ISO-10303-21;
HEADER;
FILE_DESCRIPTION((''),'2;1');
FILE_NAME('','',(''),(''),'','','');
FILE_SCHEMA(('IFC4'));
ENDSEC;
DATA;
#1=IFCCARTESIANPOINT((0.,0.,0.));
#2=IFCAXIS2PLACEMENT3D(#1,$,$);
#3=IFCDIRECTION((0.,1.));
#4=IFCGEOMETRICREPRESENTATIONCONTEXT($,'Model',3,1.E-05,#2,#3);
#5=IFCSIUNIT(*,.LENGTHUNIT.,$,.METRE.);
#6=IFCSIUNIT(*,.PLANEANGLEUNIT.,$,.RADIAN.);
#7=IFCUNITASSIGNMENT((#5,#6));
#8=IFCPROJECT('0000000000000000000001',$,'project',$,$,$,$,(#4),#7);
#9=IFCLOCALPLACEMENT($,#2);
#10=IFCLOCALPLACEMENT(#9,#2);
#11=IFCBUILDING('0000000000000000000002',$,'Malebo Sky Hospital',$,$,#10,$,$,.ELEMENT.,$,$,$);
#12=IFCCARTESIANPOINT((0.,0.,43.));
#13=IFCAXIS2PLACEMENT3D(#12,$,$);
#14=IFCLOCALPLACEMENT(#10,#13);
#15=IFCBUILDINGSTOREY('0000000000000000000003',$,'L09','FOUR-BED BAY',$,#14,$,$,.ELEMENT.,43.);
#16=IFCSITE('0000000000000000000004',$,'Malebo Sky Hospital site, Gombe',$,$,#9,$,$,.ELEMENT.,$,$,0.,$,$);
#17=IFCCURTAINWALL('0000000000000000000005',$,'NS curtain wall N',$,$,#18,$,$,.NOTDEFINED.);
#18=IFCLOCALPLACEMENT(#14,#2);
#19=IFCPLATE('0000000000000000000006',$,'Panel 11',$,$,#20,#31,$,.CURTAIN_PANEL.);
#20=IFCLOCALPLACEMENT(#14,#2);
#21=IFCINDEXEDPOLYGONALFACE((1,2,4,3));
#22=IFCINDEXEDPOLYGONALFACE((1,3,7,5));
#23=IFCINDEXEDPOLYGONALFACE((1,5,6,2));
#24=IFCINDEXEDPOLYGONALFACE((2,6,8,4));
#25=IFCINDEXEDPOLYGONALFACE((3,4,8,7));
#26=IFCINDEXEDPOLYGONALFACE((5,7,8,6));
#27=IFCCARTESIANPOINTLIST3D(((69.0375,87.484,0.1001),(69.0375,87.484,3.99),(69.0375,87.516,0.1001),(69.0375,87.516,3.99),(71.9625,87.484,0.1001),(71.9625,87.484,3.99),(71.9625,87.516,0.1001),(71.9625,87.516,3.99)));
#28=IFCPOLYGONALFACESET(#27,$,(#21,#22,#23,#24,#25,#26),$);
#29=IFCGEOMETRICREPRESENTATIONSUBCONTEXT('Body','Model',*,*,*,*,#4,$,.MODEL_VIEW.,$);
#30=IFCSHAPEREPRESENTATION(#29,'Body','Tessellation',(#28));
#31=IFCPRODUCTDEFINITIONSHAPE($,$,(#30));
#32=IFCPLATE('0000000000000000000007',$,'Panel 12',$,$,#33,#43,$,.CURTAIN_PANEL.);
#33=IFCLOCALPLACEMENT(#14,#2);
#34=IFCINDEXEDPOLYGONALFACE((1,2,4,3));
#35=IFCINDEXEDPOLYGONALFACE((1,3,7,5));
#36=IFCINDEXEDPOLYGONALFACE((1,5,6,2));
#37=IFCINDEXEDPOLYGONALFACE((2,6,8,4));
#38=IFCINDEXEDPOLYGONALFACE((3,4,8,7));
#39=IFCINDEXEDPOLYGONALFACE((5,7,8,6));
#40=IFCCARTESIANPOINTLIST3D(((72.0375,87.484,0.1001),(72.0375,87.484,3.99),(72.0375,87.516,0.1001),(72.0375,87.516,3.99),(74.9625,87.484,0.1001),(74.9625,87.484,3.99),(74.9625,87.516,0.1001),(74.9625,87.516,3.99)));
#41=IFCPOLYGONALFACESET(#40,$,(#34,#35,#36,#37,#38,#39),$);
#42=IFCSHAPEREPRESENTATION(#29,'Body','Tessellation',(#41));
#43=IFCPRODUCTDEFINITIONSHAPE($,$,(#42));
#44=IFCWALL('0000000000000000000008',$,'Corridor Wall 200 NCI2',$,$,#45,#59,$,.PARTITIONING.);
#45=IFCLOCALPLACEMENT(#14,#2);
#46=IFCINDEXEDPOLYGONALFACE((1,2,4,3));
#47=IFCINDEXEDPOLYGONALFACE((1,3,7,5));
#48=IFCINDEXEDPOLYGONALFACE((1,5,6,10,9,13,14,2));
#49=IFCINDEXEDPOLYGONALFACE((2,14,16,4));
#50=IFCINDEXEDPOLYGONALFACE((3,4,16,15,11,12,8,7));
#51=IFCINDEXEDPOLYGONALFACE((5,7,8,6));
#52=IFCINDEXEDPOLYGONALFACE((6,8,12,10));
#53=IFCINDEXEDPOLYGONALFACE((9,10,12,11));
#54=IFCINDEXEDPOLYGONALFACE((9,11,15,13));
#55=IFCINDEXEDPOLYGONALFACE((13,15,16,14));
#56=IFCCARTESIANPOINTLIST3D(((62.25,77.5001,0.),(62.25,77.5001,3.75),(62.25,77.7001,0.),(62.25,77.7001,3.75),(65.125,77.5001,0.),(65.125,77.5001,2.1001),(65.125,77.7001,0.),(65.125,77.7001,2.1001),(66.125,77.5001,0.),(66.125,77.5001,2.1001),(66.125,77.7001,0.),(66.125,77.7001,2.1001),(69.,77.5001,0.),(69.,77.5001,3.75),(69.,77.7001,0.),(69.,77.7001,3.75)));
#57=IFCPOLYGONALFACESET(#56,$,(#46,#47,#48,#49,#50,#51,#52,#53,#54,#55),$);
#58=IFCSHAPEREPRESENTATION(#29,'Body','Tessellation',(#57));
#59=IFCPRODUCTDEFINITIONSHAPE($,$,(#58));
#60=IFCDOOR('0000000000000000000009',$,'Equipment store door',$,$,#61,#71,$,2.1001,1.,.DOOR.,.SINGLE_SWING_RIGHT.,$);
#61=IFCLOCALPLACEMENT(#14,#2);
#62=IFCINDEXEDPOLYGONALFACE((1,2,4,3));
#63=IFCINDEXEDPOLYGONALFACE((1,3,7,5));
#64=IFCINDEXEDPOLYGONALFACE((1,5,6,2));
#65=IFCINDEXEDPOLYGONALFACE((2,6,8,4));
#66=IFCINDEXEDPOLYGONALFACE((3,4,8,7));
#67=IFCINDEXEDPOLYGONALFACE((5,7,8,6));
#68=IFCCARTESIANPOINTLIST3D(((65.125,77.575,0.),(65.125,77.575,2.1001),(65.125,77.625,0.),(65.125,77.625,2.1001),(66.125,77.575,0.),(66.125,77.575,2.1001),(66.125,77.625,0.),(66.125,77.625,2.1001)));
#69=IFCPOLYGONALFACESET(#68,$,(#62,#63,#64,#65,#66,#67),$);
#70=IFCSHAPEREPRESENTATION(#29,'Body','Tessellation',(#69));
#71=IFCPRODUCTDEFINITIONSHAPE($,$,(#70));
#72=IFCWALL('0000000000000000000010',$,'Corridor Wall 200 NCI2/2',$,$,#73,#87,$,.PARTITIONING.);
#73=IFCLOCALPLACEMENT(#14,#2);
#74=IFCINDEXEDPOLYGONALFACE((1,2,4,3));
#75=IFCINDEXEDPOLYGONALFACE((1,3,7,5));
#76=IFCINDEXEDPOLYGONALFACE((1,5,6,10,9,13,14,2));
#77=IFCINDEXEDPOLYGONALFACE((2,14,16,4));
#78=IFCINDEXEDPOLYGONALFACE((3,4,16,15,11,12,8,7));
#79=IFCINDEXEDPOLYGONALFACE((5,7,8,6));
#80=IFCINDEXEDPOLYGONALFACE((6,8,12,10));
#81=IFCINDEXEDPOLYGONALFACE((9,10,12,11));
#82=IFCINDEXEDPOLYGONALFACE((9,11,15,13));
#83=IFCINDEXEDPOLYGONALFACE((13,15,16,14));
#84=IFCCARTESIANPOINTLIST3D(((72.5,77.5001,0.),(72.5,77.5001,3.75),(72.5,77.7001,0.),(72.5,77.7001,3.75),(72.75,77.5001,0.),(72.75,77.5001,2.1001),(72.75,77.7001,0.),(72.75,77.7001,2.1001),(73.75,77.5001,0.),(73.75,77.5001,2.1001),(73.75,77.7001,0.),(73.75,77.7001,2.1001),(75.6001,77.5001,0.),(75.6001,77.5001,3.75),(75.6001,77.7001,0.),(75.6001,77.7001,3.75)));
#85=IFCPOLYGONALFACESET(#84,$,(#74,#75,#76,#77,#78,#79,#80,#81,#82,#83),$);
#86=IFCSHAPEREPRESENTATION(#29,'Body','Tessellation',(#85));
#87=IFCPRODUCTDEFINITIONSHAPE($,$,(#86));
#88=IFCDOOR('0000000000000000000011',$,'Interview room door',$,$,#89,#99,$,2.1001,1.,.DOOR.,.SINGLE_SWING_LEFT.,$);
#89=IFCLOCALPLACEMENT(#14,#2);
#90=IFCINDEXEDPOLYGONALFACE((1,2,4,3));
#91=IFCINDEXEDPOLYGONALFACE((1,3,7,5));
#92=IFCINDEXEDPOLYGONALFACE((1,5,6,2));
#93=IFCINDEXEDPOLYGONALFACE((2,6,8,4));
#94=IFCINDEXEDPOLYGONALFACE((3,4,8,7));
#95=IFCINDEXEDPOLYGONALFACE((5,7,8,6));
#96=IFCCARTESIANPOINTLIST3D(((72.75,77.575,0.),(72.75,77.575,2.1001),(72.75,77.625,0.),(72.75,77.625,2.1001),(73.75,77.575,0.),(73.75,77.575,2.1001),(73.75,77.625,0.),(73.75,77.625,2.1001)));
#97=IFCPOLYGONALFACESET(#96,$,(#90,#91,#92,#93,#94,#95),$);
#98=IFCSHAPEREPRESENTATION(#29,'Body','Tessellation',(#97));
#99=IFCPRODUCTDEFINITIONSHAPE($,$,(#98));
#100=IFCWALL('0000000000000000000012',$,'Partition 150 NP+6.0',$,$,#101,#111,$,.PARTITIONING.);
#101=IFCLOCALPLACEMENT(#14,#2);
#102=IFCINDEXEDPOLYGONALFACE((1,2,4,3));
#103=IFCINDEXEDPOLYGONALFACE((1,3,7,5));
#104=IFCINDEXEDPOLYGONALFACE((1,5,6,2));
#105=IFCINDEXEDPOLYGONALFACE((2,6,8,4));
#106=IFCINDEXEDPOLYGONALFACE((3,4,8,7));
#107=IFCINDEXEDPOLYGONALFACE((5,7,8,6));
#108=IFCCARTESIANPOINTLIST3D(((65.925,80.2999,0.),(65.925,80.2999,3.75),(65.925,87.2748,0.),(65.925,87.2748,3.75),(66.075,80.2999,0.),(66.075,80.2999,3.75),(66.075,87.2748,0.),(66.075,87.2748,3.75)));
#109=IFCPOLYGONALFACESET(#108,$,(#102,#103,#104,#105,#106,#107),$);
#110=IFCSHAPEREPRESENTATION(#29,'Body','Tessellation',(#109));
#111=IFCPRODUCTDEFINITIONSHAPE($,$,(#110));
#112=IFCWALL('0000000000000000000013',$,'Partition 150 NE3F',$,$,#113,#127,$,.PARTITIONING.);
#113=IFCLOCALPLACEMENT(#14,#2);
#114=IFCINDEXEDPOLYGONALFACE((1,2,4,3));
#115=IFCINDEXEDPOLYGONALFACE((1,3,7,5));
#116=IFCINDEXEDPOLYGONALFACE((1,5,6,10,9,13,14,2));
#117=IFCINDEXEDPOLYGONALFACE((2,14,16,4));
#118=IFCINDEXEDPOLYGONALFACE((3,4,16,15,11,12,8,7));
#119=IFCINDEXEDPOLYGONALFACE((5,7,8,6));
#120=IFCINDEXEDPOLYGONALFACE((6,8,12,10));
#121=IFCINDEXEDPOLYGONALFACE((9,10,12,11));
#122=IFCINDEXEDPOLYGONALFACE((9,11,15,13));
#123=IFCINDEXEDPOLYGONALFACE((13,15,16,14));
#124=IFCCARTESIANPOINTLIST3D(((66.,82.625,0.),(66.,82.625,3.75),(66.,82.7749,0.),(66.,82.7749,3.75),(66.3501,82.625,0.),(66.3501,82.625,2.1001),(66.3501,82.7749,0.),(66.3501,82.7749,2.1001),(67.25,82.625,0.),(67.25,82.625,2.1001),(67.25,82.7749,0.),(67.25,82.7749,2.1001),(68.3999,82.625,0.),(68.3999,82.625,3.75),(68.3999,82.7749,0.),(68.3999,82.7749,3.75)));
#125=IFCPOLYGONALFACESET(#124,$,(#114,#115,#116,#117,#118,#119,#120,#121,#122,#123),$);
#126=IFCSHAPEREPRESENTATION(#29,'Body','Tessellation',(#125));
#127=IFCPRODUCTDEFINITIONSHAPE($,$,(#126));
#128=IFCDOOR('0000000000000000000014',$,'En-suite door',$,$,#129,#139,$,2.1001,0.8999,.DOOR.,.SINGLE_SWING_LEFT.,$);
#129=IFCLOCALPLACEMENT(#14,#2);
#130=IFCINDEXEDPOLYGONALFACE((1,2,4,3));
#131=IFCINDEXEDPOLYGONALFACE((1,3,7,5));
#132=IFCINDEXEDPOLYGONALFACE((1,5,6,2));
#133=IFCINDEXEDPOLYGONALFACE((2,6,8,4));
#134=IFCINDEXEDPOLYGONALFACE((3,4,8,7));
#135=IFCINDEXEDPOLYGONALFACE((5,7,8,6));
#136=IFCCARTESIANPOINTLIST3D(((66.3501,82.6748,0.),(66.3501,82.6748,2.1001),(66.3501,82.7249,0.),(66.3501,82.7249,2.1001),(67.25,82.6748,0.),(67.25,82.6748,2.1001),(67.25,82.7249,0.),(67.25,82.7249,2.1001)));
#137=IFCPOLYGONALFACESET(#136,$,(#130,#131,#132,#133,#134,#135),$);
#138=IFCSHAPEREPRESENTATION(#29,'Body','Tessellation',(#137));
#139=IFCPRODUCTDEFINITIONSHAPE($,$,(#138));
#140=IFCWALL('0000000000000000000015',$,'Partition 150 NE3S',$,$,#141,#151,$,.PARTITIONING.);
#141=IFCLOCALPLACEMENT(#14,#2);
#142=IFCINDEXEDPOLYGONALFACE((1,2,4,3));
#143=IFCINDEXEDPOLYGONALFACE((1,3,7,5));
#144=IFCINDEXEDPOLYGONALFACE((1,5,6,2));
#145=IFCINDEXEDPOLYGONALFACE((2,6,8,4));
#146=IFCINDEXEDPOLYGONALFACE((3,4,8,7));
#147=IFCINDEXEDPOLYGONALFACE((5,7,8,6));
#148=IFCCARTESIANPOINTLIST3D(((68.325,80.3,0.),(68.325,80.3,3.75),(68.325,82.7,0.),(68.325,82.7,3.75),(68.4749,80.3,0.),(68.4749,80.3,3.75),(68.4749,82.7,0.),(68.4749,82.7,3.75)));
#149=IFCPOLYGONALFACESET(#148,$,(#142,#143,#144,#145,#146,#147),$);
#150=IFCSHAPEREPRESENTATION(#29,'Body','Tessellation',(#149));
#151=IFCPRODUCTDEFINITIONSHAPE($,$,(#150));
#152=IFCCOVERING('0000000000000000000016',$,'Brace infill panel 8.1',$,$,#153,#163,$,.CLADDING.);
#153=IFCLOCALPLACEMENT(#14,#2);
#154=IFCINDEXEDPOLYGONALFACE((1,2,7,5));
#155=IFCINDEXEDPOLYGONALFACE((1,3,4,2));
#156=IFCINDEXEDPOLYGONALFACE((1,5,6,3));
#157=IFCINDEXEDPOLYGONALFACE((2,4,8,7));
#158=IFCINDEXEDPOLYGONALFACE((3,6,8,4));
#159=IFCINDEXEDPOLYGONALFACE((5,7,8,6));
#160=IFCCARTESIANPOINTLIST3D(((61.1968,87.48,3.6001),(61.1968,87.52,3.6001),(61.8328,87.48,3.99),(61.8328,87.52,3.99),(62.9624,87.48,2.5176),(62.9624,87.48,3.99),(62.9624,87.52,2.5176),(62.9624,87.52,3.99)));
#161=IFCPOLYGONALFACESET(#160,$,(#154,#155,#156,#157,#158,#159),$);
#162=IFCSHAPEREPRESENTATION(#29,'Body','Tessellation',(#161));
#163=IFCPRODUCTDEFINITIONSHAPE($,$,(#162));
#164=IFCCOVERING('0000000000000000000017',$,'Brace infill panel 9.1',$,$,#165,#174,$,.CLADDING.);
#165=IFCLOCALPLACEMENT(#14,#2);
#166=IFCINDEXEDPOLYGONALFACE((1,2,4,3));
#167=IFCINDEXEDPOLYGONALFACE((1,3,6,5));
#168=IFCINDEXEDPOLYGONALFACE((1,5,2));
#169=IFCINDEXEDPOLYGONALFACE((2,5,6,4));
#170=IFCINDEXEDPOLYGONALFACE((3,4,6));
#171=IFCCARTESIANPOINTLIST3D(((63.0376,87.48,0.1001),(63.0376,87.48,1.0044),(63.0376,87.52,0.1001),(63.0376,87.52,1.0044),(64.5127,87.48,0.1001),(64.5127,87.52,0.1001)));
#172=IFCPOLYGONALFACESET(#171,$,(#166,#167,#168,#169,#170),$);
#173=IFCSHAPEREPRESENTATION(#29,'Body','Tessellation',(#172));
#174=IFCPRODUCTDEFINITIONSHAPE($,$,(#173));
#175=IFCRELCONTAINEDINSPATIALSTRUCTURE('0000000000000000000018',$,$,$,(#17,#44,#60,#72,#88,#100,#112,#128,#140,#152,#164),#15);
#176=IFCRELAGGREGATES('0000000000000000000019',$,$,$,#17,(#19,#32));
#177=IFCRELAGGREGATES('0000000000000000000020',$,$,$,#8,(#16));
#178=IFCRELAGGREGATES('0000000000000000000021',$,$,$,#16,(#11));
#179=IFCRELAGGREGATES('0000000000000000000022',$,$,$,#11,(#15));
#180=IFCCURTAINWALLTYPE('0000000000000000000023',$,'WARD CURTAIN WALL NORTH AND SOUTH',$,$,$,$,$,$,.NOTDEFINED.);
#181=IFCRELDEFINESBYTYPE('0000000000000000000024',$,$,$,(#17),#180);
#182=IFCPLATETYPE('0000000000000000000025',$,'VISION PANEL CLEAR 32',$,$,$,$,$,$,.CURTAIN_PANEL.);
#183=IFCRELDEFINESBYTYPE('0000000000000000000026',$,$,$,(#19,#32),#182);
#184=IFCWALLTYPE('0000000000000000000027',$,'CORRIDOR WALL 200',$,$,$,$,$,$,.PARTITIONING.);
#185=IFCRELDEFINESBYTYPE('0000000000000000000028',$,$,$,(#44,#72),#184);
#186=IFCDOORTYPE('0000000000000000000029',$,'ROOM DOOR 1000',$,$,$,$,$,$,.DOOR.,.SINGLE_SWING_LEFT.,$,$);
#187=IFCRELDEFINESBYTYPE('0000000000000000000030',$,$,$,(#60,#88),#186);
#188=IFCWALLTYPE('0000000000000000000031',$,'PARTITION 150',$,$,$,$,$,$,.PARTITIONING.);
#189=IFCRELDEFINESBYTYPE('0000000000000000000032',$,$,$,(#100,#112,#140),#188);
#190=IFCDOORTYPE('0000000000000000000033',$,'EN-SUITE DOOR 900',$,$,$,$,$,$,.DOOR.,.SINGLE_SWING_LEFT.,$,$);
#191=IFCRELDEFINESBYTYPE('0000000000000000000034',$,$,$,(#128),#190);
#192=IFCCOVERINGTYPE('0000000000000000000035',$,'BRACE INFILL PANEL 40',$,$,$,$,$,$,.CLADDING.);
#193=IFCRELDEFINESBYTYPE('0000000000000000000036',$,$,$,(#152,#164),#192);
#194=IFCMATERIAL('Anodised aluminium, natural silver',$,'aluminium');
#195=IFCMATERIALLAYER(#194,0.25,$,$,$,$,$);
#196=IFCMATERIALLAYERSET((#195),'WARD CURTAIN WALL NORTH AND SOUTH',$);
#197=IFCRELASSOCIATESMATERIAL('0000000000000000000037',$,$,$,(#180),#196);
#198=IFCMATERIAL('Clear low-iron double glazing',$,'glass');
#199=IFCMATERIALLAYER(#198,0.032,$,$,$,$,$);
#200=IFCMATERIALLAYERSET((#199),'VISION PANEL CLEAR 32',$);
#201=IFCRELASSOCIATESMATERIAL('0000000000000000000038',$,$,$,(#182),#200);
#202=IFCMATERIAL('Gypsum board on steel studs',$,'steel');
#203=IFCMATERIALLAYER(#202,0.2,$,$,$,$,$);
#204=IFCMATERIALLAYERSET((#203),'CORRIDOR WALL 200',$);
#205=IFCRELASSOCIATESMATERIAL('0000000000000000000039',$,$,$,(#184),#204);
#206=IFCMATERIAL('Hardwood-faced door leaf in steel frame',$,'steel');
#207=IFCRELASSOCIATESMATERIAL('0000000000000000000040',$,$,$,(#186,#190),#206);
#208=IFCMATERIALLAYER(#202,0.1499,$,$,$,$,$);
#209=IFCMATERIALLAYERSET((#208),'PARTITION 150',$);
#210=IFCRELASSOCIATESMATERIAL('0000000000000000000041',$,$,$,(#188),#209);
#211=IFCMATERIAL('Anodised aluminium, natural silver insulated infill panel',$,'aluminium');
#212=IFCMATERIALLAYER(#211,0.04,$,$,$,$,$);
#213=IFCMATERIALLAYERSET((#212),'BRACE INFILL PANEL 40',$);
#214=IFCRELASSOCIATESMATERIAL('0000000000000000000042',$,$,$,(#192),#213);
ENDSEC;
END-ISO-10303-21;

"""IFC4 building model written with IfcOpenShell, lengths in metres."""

from ifc_helpers import new_model, si_unit, direction, frame, frame_2d, origin, origin_2d, place, context, subcontext, project, spatial, polyline, rectangle, outline, extrude, material, layer, layer_set, type_object, element, fill, aggregate, save


model = new_model("IFC4")

# Units and contexts
model_context = context("Model", 3, precision=1e-05, world=origin(), true_north=direction((0.0, 1.0)))
body_context = subcontext(model_context, "Body", "Model", "MODEL_VIEW")
ifc_project = project(units=[si_unit("LENGTHUNIT", "METRE"), si_unit("PLANEANGLEUNIT", "RADIAN")], contexts=[model_context])

# Site, building, storey
site_placement = place(None, origin())
site = spatial("IfcSite", under=ifc_project, at=site_placement, Name="Malebo Sky Hospital site, Gombe", CompositionType="ELEMENT", RefElevation=0.0)
building_placement = place(site_placement, origin())
building = spatial("IfcBuilding", under=site, at=building_placement, Name="Malebo Sky Hospital", CompositionType="ELEMENT")
storey_placement = place(building_placement, frame((0.0, 0.0, 43.0)))
storey = spatial("IfcBuildingStorey", under=building, at=storey_placement, Name="L09", Description="FOUR-BED BAY", CompositionType="ELEMENT", Elevation=43.0)

# Curtain wall
ifc_material_1 = material(Name="Anodised aluminium, natural silver", Category="aluminium")
ifc_layer_1 = layer(ifc_material_1, 0.25)
ifc_layer_set_1 = layer_set([ifc_layer_1], Name="WARD CURTAIN WALL NORTH AND SOUTH")
curtain_wall_type = type_object("IfcCurtainWallType", Name="WARD CURTAIN WALL NORTH AND SOUTH", PredefinedType="NOTDEFINED", material=ifc_layer_set_1)
curtain_wall_placement = place(storey_placement, origin())
curtain_wall = element("IfcCurtainWall", 1, at=curtain_wall_placement, inside=storey, type_object=curtain_wall_type, Name="NS curtain wall N", PredefinedType="NOTDEFINED")

# Plates
ifc_material_2 = material(Name="Clear low-iron double glazing", Category="glass")
ifc_layer_2 = layer(ifc_material_2, 0.032)
ifc_layer_set_2 = layer_set([ifc_layer_2], Name="VISION PANEL CLEAR 32")
plate_type = type_object("IfcPlateType", Name="VISION PANEL CLEAR 32", PredefinedType="CURTAIN_PANEL", material=ifc_layer_set_2)
plate_1_placement = place(storey_placement, frame((70.5, 87.5, 0.1001), z_axis=(0.0, 0.0, 1.0), x_axis=(1.0, 0.0, 0.0)))
plate_1 = element("IfcPlate", 2, at=plate_1_placement, type_object=plate_type, Name="Panel 11", PredefinedType="CURTAIN_PANEL", context=body_context, shape_type="SweptSolid", body=[
    extrude(rectangle(XDim=2.925, YDim=0.032, at=origin_2d()), origin(), (0.0, 0.0, 1.0), 3.8899),
])
plate_2_placement = place(storey_placement, frame((73.5, 87.5, 0.1001), z_axis=(0.0, 0.0, 1.0), x_axis=(1.0, 0.0, 0.0)))
plate_2 = element("IfcPlate", 3, at=plate_2_placement, type_object=plate_type, Name="Panel 12", PredefinedType="CURTAIN_PANEL", context=body_context, shape_type="SweptSolid", body=[
    extrude(rectangle(XDim=2.925, YDim=0.032, at=origin_2d()), origin(), (0.0, 0.0, 1.0), 3.8899),
])
aggregate(curtain_wall, [plate_1, plate_2])

# Walls, openings, doors
ifc_material_3 = material(Name="Gypsum board on steel studs", Category="steel")
ifc_layer_3 = layer(ifc_material_3, 0.2)
ifc_layer_set_3 = layer_set([ifc_layer_3], Name="CORRIDOR WALL 200")
wall_type_1 = type_object("IfcWallType", Name="CORRIDOR WALL 200", PredefinedType="PARTITIONING", material=ifc_layer_set_3)
wall_1_placement = place(storey_placement, frame((62.25, 77.6001, 0.0), z_axis=(0.0, 0.0, 1.0), x_axis=(1.0, 0.0, 0.0)))
wall_1 = element("IfcWall", 4, at=wall_1_placement, inside=storey, type_object=wall_type_1, Name="Corridor Wall 200 NCI2", PredefinedType="PARTITIONING", context=body_context, shape_type="SweptSolid", body=[
    extrude(rectangle(XDim=6.75, YDim=0.2, at=frame_2d((3.375, 0.0))), origin(), (0.0, 0.0, 1.0), 3.75),
])
opening_1_placement = place(wall_1_placement, frame((2.875, 0.0, 0.0)))
opening_1 = element("IfcOpeningElement", 5, at=opening_1_placement, cuts=wall_1, PredefinedType="OPENING", context=body_context, shape_type="SweptSolid", body=[
    extrude(rectangle(XDim=1.0, YDim=2.1001, at=frame_2d((0.5, 1.05))), frame((0.0, 0.1099, 0.0), z_axis=(0.0, -1.0, 0.0), x_axis=(1.0, 0.0, 0.0)), (0.0, 0.0, 1.0), 0.22),
])
ifc_material_4 = material(Name="Hardwood-faced door leaf in steel frame", Category="steel")
door_type_1 = type_object("IfcDoorType", Name="ROOM DOOR 1000", OperationType="SINGLE_SWING_LEFT", PredefinedType="DOOR", material=ifc_material_4)
door_1_placement = place(opening_1_placement, origin())
door_1 = element("IfcDoor", 6, at=door_1_placement, inside=storey, type_object=door_type_1, Name="Equipment store door", OperationType="SINGLE_SWING_RIGHT", OverallHeight=2.1001, OverallWidth=1.0, PredefinedType="DOOR", context=body_context, shape_type="SweptSolid", body=[
    extrude(rectangle(XDim=1.0, YDim=2.1001, at=frame_2d((0.5, 1.05))), frame((0.0, 0.0249, 0.0), z_axis=(0.0, -1.0, 0.0), x_axis=(1.0, 0.0, 0.0)), (0.0, 0.0, 1.0), 0.05),
])
fill(opening_1, door_1)
wall_2_placement = place(storey_placement, frame((72.5, 77.6001, 0.0), z_axis=(0.0, 0.0, 1.0), x_axis=(1.0, 0.0, 0.0)))
wall_2 = element("IfcWall", 7, at=wall_2_placement, inside=storey, type_object=wall_type_1, Name="Corridor Wall 200 NCI2/2", PredefinedType="PARTITIONING", context=body_context, shape_type="SweptSolid", body=[
    extrude(rectangle(XDim=3.1001, YDim=0.2, at=frame_2d((1.55, 0.0))), origin(), (0.0, 0.0, 1.0), 3.75),
])
opening_2_placement = place(wall_2_placement, frame((0.25, 0.0, 0.0)))
opening_2 = element("IfcOpeningElement", 8, at=opening_2_placement, cuts=wall_2, PredefinedType="OPENING", context=body_context, shape_type="SweptSolid", body=[
    extrude(rectangle(XDim=1.0, YDim=2.1001, at=frame_2d((0.5, 1.05))), frame((0.0, 0.1099, 0.0), z_axis=(0.0, -1.0, 0.0), x_axis=(1.0, 0.0, 0.0)), (0.0, 0.0, 1.0), 0.22),
])
door_2_placement = place(opening_2_placement, origin())
door_2 = element("IfcDoor", 9, at=door_2_placement, inside=storey, type_object=door_type_1, Name="Interview room door", OperationType="SINGLE_SWING_LEFT", OverallHeight=2.1001, OverallWidth=1.0, PredefinedType="DOOR", context=body_context, shape_type="SweptSolid", body=[
    extrude(rectangle(XDim=1.0, YDim=2.1001, at=frame_2d((0.5, 1.05))), frame((0.0, 0.0249, 0.0), z_axis=(0.0, -1.0, 0.0), x_axis=(1.0, 0.0, 0.0)), (0.0, 0.0, 1.0), 0.05),
])
fill(opening_2, door_2)

# Wall
ifc_layer_4 = layer(ifc_material_3, 0.1499)
ifc_layer_set_4 = layer_set([ifc_layer_4], Name="PARTITION 150")
wall_type_2 = type_object("IfcWallType", Name="PARTITION 150", PredefinedType="PARTITIONING", material=ifc_layer_set_4)
wall_3_placement = place(storey_placement, frame((66.0, 80.3, 0.0), z_axis=(0.0, 0.0, 1.0), x_axis=(0.0, 1.0, 0.0)))
element("IfcWall", 10, at=wall_3_placement, inside=storey, type_object=wall_type_2, Name="Partition 150 NP+6.0", PredefinedType="PARTITIONING", context=body_context, shape_type="SweptSolid", body=[
    extrude(rectangle(XDim=6.9749, YDim=0.1499, at=frame_2d((3.4873, 0.0))), origin(), (0.0, 0.0, 1.0), 3.75),
])

# Wall, opening, door
wall_4_placement = place(storey_placement, frame((66.0, 82.7, 0.0), z_axis=(0.0, 0.0, 1.0), x_axis=(1.0, 0.0, 0.0)))
wall_4 = element("IfcWall", 11, at=wall_4_placement, inside=storey, type_object=wall_type_2, Name="Partition 150 NE3F", PredefinedType="PARTITIONING", context=body_context, shape_type="SweptSolid", body=[
    extrude(rectangle(XDim=2.3999, YDim=0.1499, at=frame_2d((1.2, 0.0))), origin(), (0.0, 0.0, 1.0), 3.75),
])
opening_3_placement = place(wall_4_placement, frame((0.3501, 0.0, 0.0)))
opening_3 = element("IfcOpeningElement", 12, at=opening_3_placement, cuts=wall_4, PredefinedType="OPENING", context=body_context, shape_type="SweptSolid", body=[
    extrude(rectangle(XDim=0.8999, YDim=2.1001, at=frame_2d((0.45, 1.05))), frame((0.0, 0.085, 0.0), z_axis=(0.0, -1.0, 0.0), x_axis=(1.0, 0.0, 0.0)), (0.0, 0.0, 1.0), 0.1699),
])
door_type_2 = type_object("IfcDoorType", Name="EN-SUITE DOOR 900", OperationType="SINGLE_SWING_LEFT", PredefinedType="DOOR", material=ifc_material_4)
door_3_placement = place(opening_3_placement, origin())
door_3 = element("IfcDoor", 13, at=door_3_placement, inside=storey, type_object=door_type_2, Name="En-suite door", OperationType="SINGLE_SWING_LEFT", OverallHeight=2.1001, OverallWidth=0.8999, PredefinedType="DOOR", context=body_context, shape_type="SweptSolid", body=[
    extrude(rectangle(XDim=0.8999, YDim=2.1001, at=frame_2d((0.45, 1.05))), frame((0.0, 0.0249, 0.0), z_axis=(0.0, -1.0, 0.0), x_axis=(1.0, 0.0, 0.0)), (0.0, 0.0, 1.0), 0.05),
])
fill(opening_3, door_3)

# Wall
wall_5_placement = place(storey_placement, frame((68.3999, 80.3, 0.0), z_axis=(0.0, 0.0, 1.0), x_axis=(0.0, 1.0, 0.0)))
element("IfcWall", 14, at=wall_5_placement, inside=storey, type_object=wall_type_2, Name="Partition 150 NE3S", PredefinedType="PARTITIONING", context=body_context, shape_type="SweptSolid", body=[
    extrude(rectangle(XDim=2.3999, YDim=0.1499, at=frame_2d((1.2, 0.0))), origin(), (0.0, 0.0, 1.0), 3.75),
])

# Coverings
ifc_material_5 = material(Name="Anodised aluminium, natural silver insulated infill panel", Category="aluminium")
ifc_layer_5 = layer(ifc_material_5, 0.04)
ifc_layer_set_5 = layer_set([ifc_layer_5], Name="BRACE INFILL PANEL 40")
covering_type = type_object("IfcCoveringType", Name="BRACE INFILL PANEL 40", PredefinedType="CLADDING", material=ifc_layer_set_5)
covering_1_placement = place(storey_placement, frame((62.0796, 87.5, 2.5176), z_axis=(0.0, 0.0, 1.0), x_axis=(1.0, 0.0, 0.0)))
element("IfcCovering", 15, at=covering_1_placement, inside=storey, type_object=covering_type, Name="Brace infill panel 8.1", PredefinedType="CLADDING", context=body_context, shape_type="SweptSolid", body=[
    extrude(outline(polyline([(0.8828, 0.0), (0.8828, 1.4724), (-0.2468, 1.4724), (-0.8828, 1.0825), (0.8828, 0.0)])), frame((0.0, 0.02, 0.0), z_axis=(0.0, -1.0, 0.0), x_axis=(1.0, 0.0, 0.0)), (0.0, 0.0, 1.0), 0.04),
])
covering_2_placement = place(storey_placement, frame((63.7751, 87.5, 0.1001), z_axis=(0.0, 0.0, 1.0), x_axis=(1.0, 0.0, 0.0)))
element("IfcCovering", 16, at=covering_2_placement, inside=storey, type_object=covering_type, Name="Brace infill panel 9.1", PredefinedType="CLADDING", context=body_context, shape_type="SweptSolid", body=[
    extrude(outline(polyline([(-0.7375, 0.0), (0.7375, 0.0), (-0.7375, 0.9043), (-0.7375, 0.0)])), frame((0.0, 0.02, 0.0), z_axis=(0.0, -1.0, 0.0), x_axis=(1.0, 0.0, 0.0)), (0.0, 0.0, 1.0), 0.04),
])

save(model, "model.ifc")
